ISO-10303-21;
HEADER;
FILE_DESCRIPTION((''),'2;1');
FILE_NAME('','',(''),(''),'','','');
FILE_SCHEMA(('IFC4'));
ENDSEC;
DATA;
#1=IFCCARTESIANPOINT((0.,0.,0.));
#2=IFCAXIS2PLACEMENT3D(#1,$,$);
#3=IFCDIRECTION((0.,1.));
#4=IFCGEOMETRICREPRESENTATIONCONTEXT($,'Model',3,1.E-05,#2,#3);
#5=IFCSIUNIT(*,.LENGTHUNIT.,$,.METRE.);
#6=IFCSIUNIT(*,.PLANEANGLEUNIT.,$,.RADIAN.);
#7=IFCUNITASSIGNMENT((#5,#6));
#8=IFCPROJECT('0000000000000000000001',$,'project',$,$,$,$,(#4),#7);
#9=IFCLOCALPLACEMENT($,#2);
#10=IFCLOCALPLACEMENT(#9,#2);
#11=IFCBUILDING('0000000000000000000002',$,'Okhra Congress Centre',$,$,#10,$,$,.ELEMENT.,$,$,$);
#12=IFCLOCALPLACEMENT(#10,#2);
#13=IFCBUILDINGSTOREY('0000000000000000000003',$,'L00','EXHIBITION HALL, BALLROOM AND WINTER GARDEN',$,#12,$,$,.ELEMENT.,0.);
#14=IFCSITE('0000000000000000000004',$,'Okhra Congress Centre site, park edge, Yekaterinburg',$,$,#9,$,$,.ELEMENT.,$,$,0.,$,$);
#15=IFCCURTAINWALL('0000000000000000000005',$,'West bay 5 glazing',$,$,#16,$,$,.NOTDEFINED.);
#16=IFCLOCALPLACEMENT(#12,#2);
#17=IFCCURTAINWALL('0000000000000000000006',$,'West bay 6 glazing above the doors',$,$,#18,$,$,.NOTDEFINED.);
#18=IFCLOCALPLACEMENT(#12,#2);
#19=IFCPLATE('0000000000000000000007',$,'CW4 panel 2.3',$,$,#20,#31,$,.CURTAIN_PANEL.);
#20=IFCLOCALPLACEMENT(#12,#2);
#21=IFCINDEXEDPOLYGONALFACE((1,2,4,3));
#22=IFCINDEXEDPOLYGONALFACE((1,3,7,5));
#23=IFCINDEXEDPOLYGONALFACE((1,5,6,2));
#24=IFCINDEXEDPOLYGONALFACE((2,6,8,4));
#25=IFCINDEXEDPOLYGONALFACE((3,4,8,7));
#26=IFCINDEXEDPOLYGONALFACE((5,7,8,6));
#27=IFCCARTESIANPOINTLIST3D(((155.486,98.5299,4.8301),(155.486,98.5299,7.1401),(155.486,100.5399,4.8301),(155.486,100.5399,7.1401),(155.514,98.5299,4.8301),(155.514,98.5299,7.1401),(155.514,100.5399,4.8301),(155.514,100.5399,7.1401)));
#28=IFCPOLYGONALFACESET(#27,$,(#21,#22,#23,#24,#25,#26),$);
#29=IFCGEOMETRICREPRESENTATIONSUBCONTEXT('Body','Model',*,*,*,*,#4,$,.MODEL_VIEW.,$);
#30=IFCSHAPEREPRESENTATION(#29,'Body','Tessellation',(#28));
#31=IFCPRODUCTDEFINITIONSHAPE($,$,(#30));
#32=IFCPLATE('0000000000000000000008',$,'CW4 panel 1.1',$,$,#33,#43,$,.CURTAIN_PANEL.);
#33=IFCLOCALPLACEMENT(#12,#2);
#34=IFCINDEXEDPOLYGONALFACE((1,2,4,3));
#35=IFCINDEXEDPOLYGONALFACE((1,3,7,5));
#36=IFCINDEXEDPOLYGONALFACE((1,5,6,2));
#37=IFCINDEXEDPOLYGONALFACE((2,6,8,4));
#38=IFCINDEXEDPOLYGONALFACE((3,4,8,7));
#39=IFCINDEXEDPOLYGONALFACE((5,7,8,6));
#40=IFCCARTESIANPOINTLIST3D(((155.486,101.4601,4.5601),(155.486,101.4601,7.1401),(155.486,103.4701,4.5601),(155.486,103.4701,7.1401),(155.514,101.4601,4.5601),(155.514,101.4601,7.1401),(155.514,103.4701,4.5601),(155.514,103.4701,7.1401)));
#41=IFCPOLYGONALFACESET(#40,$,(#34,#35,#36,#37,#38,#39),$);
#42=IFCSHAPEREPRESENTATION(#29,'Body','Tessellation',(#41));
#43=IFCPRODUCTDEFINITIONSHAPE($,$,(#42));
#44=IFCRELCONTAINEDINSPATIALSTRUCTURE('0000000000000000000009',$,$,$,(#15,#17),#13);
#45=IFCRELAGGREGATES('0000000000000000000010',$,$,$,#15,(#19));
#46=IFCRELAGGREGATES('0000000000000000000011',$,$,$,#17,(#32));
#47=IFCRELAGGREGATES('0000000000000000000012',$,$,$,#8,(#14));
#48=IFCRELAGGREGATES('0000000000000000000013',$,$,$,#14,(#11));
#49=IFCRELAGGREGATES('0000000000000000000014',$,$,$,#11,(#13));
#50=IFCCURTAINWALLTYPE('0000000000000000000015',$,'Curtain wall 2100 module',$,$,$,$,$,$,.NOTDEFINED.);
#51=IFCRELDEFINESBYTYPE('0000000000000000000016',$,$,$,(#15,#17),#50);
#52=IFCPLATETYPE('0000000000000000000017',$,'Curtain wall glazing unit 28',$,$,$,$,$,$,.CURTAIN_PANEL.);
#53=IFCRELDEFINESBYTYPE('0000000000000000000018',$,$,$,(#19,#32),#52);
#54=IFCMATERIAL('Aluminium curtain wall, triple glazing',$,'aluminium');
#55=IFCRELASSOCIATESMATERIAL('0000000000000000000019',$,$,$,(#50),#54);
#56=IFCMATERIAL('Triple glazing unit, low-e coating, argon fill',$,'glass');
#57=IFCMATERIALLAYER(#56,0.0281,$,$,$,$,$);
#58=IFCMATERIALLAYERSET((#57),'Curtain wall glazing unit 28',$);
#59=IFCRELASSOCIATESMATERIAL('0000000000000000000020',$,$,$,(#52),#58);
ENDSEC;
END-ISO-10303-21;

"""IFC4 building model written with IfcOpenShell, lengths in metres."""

from ifc_helpers import new_model, si_unit, direction, frame, origin, origin_2d, place, context, subcontext, project, spatial, rectangle, extrude, material, layer, layer_set, type_object, element, aggregate, save


model = new_model("IFC4")

# Units and contexts
model_context = context("Model", 3, precision=1e-05, world=origin(), true_north=direction((0.0, 1.0)))
body_context = subcontext(model_context, "Body", "Model", "MODEL_VIEW")
ifc_project = project(units=[si_unit("LENGTHUNIT", "METRE"), si_unit("PLANEANGLEUNIT", "RADIAN")], contexts=[model_context])

# Site, building, storey
site_placement = place(None, origin())
site = spatial("IfcSite", under=ifc_project, at=site_placement, Name="Okhra Congress Centre site, park edge, Yekaterinburg", CompositionType="ELEMENT", RefElevation=0.0)
building_placement = place(site_placement, origin())
building = spatial("IfcBuilding", under=site, at=building_placement, Name="Okhra Congress Centre", CompositionType="ELEMENT")
storey_placement = place(building_placement, origin())
storey = spatial("IfcBuildingStorey", under=building, at=storey_placement, Name="L00", Description="EXHIBITION HALL, BALLROOM AND WINTER GARDEN", CompositionType="ELEMENT", Elevation=0.0)

# Curtain walls
ifc_material_1 = material(Name="Aluminium curtain wall, triple glazing", Category="aluminium")
curtain_wall_type = type_object("IfcCurtainWallType", Name="Curtain wall 2100 module", PredefinedType="NOTDEFINED", material=ifc_material_1)
curtain_wall_1_placement = place(storey_placement, origin())
curtain_wall_1 = element("IfcCurtainWall", 1, at=curtain_wall_1_placement, inside=storey, type_object=curtain_wall_type, Name="West bay 5 glazing", PredefinedType="NOTDEFINED")
curtain_wall_2_placement = place(storey_placement, origin())
curtain_wall_2 = element("IfcCurtainWall", 2, at=curtain_wall_2_placement, inside=storey, type_object=curtain_wall_type, Name="West bay 6 glazing above the doors", PredefinedType="NOTDEFINED")

# Plates
ifc_material_2 = material(Name="Triple glazing unit, low-e coating, argon fill", Category="glass")
ifc_layer_1 = layer(ifc_material_2, 0.0281)
ifc_layer_set_1 = layer_set([ifc_layer_1], Name="Curtain wall glazing unit 28")
plate_type = type_object("IfcPlateType", Name="Curtain wall glazing unit 28", PredefinedType="CURTAIN_PANEL", material=ifc_layer_set_1)
plate_1_placement = place(storey_placement, frame((155.5, 99.5349, 4.8301), z_axis=(0.0, 0.0, 1.0), x_axis=(0.0, 1.0, 0.0)))
plate_1 = element("IfcPlate", 3, at=plate_1_placement, type_object=plate_type, Name="CW4 panel 2.3", PredefinedType="CURTAIN_PANEL", context=body_context, shape_type="SweptSolid", body=[
    extrude(rectangle(XDim=2.01, YDim=0.0281, at=origin_2d()), origin(), (0.0, 0.0, 1.0), 2.3101),
])
aggregate(curtain_wall_1, [plate_1])
plate_2_placement = place(storey_placement, frame((155.5, 102.4651, 4.5601), z_axis=(0.0, 0.0, 1.0), x_axis=(0.0, 1.0, 0.0)))
plate_2 = element("IfcPlate", 4, at=plate_2_placement, type_object=plate_type, Name="CW4 panel 1.1", PredefinedType="CURTAIN_PANEL", context=body_context, shape_type="SweptSolid", body=[
    extrude(rectangle(XDim=2.01, YDim=0.0281, at=origin_2d()), origin(), (0.0, 0.0, 1.0), 2.5801),
])
aggregate(curtain_wall_2, [plate_2])

save(model, "model.ifc")
